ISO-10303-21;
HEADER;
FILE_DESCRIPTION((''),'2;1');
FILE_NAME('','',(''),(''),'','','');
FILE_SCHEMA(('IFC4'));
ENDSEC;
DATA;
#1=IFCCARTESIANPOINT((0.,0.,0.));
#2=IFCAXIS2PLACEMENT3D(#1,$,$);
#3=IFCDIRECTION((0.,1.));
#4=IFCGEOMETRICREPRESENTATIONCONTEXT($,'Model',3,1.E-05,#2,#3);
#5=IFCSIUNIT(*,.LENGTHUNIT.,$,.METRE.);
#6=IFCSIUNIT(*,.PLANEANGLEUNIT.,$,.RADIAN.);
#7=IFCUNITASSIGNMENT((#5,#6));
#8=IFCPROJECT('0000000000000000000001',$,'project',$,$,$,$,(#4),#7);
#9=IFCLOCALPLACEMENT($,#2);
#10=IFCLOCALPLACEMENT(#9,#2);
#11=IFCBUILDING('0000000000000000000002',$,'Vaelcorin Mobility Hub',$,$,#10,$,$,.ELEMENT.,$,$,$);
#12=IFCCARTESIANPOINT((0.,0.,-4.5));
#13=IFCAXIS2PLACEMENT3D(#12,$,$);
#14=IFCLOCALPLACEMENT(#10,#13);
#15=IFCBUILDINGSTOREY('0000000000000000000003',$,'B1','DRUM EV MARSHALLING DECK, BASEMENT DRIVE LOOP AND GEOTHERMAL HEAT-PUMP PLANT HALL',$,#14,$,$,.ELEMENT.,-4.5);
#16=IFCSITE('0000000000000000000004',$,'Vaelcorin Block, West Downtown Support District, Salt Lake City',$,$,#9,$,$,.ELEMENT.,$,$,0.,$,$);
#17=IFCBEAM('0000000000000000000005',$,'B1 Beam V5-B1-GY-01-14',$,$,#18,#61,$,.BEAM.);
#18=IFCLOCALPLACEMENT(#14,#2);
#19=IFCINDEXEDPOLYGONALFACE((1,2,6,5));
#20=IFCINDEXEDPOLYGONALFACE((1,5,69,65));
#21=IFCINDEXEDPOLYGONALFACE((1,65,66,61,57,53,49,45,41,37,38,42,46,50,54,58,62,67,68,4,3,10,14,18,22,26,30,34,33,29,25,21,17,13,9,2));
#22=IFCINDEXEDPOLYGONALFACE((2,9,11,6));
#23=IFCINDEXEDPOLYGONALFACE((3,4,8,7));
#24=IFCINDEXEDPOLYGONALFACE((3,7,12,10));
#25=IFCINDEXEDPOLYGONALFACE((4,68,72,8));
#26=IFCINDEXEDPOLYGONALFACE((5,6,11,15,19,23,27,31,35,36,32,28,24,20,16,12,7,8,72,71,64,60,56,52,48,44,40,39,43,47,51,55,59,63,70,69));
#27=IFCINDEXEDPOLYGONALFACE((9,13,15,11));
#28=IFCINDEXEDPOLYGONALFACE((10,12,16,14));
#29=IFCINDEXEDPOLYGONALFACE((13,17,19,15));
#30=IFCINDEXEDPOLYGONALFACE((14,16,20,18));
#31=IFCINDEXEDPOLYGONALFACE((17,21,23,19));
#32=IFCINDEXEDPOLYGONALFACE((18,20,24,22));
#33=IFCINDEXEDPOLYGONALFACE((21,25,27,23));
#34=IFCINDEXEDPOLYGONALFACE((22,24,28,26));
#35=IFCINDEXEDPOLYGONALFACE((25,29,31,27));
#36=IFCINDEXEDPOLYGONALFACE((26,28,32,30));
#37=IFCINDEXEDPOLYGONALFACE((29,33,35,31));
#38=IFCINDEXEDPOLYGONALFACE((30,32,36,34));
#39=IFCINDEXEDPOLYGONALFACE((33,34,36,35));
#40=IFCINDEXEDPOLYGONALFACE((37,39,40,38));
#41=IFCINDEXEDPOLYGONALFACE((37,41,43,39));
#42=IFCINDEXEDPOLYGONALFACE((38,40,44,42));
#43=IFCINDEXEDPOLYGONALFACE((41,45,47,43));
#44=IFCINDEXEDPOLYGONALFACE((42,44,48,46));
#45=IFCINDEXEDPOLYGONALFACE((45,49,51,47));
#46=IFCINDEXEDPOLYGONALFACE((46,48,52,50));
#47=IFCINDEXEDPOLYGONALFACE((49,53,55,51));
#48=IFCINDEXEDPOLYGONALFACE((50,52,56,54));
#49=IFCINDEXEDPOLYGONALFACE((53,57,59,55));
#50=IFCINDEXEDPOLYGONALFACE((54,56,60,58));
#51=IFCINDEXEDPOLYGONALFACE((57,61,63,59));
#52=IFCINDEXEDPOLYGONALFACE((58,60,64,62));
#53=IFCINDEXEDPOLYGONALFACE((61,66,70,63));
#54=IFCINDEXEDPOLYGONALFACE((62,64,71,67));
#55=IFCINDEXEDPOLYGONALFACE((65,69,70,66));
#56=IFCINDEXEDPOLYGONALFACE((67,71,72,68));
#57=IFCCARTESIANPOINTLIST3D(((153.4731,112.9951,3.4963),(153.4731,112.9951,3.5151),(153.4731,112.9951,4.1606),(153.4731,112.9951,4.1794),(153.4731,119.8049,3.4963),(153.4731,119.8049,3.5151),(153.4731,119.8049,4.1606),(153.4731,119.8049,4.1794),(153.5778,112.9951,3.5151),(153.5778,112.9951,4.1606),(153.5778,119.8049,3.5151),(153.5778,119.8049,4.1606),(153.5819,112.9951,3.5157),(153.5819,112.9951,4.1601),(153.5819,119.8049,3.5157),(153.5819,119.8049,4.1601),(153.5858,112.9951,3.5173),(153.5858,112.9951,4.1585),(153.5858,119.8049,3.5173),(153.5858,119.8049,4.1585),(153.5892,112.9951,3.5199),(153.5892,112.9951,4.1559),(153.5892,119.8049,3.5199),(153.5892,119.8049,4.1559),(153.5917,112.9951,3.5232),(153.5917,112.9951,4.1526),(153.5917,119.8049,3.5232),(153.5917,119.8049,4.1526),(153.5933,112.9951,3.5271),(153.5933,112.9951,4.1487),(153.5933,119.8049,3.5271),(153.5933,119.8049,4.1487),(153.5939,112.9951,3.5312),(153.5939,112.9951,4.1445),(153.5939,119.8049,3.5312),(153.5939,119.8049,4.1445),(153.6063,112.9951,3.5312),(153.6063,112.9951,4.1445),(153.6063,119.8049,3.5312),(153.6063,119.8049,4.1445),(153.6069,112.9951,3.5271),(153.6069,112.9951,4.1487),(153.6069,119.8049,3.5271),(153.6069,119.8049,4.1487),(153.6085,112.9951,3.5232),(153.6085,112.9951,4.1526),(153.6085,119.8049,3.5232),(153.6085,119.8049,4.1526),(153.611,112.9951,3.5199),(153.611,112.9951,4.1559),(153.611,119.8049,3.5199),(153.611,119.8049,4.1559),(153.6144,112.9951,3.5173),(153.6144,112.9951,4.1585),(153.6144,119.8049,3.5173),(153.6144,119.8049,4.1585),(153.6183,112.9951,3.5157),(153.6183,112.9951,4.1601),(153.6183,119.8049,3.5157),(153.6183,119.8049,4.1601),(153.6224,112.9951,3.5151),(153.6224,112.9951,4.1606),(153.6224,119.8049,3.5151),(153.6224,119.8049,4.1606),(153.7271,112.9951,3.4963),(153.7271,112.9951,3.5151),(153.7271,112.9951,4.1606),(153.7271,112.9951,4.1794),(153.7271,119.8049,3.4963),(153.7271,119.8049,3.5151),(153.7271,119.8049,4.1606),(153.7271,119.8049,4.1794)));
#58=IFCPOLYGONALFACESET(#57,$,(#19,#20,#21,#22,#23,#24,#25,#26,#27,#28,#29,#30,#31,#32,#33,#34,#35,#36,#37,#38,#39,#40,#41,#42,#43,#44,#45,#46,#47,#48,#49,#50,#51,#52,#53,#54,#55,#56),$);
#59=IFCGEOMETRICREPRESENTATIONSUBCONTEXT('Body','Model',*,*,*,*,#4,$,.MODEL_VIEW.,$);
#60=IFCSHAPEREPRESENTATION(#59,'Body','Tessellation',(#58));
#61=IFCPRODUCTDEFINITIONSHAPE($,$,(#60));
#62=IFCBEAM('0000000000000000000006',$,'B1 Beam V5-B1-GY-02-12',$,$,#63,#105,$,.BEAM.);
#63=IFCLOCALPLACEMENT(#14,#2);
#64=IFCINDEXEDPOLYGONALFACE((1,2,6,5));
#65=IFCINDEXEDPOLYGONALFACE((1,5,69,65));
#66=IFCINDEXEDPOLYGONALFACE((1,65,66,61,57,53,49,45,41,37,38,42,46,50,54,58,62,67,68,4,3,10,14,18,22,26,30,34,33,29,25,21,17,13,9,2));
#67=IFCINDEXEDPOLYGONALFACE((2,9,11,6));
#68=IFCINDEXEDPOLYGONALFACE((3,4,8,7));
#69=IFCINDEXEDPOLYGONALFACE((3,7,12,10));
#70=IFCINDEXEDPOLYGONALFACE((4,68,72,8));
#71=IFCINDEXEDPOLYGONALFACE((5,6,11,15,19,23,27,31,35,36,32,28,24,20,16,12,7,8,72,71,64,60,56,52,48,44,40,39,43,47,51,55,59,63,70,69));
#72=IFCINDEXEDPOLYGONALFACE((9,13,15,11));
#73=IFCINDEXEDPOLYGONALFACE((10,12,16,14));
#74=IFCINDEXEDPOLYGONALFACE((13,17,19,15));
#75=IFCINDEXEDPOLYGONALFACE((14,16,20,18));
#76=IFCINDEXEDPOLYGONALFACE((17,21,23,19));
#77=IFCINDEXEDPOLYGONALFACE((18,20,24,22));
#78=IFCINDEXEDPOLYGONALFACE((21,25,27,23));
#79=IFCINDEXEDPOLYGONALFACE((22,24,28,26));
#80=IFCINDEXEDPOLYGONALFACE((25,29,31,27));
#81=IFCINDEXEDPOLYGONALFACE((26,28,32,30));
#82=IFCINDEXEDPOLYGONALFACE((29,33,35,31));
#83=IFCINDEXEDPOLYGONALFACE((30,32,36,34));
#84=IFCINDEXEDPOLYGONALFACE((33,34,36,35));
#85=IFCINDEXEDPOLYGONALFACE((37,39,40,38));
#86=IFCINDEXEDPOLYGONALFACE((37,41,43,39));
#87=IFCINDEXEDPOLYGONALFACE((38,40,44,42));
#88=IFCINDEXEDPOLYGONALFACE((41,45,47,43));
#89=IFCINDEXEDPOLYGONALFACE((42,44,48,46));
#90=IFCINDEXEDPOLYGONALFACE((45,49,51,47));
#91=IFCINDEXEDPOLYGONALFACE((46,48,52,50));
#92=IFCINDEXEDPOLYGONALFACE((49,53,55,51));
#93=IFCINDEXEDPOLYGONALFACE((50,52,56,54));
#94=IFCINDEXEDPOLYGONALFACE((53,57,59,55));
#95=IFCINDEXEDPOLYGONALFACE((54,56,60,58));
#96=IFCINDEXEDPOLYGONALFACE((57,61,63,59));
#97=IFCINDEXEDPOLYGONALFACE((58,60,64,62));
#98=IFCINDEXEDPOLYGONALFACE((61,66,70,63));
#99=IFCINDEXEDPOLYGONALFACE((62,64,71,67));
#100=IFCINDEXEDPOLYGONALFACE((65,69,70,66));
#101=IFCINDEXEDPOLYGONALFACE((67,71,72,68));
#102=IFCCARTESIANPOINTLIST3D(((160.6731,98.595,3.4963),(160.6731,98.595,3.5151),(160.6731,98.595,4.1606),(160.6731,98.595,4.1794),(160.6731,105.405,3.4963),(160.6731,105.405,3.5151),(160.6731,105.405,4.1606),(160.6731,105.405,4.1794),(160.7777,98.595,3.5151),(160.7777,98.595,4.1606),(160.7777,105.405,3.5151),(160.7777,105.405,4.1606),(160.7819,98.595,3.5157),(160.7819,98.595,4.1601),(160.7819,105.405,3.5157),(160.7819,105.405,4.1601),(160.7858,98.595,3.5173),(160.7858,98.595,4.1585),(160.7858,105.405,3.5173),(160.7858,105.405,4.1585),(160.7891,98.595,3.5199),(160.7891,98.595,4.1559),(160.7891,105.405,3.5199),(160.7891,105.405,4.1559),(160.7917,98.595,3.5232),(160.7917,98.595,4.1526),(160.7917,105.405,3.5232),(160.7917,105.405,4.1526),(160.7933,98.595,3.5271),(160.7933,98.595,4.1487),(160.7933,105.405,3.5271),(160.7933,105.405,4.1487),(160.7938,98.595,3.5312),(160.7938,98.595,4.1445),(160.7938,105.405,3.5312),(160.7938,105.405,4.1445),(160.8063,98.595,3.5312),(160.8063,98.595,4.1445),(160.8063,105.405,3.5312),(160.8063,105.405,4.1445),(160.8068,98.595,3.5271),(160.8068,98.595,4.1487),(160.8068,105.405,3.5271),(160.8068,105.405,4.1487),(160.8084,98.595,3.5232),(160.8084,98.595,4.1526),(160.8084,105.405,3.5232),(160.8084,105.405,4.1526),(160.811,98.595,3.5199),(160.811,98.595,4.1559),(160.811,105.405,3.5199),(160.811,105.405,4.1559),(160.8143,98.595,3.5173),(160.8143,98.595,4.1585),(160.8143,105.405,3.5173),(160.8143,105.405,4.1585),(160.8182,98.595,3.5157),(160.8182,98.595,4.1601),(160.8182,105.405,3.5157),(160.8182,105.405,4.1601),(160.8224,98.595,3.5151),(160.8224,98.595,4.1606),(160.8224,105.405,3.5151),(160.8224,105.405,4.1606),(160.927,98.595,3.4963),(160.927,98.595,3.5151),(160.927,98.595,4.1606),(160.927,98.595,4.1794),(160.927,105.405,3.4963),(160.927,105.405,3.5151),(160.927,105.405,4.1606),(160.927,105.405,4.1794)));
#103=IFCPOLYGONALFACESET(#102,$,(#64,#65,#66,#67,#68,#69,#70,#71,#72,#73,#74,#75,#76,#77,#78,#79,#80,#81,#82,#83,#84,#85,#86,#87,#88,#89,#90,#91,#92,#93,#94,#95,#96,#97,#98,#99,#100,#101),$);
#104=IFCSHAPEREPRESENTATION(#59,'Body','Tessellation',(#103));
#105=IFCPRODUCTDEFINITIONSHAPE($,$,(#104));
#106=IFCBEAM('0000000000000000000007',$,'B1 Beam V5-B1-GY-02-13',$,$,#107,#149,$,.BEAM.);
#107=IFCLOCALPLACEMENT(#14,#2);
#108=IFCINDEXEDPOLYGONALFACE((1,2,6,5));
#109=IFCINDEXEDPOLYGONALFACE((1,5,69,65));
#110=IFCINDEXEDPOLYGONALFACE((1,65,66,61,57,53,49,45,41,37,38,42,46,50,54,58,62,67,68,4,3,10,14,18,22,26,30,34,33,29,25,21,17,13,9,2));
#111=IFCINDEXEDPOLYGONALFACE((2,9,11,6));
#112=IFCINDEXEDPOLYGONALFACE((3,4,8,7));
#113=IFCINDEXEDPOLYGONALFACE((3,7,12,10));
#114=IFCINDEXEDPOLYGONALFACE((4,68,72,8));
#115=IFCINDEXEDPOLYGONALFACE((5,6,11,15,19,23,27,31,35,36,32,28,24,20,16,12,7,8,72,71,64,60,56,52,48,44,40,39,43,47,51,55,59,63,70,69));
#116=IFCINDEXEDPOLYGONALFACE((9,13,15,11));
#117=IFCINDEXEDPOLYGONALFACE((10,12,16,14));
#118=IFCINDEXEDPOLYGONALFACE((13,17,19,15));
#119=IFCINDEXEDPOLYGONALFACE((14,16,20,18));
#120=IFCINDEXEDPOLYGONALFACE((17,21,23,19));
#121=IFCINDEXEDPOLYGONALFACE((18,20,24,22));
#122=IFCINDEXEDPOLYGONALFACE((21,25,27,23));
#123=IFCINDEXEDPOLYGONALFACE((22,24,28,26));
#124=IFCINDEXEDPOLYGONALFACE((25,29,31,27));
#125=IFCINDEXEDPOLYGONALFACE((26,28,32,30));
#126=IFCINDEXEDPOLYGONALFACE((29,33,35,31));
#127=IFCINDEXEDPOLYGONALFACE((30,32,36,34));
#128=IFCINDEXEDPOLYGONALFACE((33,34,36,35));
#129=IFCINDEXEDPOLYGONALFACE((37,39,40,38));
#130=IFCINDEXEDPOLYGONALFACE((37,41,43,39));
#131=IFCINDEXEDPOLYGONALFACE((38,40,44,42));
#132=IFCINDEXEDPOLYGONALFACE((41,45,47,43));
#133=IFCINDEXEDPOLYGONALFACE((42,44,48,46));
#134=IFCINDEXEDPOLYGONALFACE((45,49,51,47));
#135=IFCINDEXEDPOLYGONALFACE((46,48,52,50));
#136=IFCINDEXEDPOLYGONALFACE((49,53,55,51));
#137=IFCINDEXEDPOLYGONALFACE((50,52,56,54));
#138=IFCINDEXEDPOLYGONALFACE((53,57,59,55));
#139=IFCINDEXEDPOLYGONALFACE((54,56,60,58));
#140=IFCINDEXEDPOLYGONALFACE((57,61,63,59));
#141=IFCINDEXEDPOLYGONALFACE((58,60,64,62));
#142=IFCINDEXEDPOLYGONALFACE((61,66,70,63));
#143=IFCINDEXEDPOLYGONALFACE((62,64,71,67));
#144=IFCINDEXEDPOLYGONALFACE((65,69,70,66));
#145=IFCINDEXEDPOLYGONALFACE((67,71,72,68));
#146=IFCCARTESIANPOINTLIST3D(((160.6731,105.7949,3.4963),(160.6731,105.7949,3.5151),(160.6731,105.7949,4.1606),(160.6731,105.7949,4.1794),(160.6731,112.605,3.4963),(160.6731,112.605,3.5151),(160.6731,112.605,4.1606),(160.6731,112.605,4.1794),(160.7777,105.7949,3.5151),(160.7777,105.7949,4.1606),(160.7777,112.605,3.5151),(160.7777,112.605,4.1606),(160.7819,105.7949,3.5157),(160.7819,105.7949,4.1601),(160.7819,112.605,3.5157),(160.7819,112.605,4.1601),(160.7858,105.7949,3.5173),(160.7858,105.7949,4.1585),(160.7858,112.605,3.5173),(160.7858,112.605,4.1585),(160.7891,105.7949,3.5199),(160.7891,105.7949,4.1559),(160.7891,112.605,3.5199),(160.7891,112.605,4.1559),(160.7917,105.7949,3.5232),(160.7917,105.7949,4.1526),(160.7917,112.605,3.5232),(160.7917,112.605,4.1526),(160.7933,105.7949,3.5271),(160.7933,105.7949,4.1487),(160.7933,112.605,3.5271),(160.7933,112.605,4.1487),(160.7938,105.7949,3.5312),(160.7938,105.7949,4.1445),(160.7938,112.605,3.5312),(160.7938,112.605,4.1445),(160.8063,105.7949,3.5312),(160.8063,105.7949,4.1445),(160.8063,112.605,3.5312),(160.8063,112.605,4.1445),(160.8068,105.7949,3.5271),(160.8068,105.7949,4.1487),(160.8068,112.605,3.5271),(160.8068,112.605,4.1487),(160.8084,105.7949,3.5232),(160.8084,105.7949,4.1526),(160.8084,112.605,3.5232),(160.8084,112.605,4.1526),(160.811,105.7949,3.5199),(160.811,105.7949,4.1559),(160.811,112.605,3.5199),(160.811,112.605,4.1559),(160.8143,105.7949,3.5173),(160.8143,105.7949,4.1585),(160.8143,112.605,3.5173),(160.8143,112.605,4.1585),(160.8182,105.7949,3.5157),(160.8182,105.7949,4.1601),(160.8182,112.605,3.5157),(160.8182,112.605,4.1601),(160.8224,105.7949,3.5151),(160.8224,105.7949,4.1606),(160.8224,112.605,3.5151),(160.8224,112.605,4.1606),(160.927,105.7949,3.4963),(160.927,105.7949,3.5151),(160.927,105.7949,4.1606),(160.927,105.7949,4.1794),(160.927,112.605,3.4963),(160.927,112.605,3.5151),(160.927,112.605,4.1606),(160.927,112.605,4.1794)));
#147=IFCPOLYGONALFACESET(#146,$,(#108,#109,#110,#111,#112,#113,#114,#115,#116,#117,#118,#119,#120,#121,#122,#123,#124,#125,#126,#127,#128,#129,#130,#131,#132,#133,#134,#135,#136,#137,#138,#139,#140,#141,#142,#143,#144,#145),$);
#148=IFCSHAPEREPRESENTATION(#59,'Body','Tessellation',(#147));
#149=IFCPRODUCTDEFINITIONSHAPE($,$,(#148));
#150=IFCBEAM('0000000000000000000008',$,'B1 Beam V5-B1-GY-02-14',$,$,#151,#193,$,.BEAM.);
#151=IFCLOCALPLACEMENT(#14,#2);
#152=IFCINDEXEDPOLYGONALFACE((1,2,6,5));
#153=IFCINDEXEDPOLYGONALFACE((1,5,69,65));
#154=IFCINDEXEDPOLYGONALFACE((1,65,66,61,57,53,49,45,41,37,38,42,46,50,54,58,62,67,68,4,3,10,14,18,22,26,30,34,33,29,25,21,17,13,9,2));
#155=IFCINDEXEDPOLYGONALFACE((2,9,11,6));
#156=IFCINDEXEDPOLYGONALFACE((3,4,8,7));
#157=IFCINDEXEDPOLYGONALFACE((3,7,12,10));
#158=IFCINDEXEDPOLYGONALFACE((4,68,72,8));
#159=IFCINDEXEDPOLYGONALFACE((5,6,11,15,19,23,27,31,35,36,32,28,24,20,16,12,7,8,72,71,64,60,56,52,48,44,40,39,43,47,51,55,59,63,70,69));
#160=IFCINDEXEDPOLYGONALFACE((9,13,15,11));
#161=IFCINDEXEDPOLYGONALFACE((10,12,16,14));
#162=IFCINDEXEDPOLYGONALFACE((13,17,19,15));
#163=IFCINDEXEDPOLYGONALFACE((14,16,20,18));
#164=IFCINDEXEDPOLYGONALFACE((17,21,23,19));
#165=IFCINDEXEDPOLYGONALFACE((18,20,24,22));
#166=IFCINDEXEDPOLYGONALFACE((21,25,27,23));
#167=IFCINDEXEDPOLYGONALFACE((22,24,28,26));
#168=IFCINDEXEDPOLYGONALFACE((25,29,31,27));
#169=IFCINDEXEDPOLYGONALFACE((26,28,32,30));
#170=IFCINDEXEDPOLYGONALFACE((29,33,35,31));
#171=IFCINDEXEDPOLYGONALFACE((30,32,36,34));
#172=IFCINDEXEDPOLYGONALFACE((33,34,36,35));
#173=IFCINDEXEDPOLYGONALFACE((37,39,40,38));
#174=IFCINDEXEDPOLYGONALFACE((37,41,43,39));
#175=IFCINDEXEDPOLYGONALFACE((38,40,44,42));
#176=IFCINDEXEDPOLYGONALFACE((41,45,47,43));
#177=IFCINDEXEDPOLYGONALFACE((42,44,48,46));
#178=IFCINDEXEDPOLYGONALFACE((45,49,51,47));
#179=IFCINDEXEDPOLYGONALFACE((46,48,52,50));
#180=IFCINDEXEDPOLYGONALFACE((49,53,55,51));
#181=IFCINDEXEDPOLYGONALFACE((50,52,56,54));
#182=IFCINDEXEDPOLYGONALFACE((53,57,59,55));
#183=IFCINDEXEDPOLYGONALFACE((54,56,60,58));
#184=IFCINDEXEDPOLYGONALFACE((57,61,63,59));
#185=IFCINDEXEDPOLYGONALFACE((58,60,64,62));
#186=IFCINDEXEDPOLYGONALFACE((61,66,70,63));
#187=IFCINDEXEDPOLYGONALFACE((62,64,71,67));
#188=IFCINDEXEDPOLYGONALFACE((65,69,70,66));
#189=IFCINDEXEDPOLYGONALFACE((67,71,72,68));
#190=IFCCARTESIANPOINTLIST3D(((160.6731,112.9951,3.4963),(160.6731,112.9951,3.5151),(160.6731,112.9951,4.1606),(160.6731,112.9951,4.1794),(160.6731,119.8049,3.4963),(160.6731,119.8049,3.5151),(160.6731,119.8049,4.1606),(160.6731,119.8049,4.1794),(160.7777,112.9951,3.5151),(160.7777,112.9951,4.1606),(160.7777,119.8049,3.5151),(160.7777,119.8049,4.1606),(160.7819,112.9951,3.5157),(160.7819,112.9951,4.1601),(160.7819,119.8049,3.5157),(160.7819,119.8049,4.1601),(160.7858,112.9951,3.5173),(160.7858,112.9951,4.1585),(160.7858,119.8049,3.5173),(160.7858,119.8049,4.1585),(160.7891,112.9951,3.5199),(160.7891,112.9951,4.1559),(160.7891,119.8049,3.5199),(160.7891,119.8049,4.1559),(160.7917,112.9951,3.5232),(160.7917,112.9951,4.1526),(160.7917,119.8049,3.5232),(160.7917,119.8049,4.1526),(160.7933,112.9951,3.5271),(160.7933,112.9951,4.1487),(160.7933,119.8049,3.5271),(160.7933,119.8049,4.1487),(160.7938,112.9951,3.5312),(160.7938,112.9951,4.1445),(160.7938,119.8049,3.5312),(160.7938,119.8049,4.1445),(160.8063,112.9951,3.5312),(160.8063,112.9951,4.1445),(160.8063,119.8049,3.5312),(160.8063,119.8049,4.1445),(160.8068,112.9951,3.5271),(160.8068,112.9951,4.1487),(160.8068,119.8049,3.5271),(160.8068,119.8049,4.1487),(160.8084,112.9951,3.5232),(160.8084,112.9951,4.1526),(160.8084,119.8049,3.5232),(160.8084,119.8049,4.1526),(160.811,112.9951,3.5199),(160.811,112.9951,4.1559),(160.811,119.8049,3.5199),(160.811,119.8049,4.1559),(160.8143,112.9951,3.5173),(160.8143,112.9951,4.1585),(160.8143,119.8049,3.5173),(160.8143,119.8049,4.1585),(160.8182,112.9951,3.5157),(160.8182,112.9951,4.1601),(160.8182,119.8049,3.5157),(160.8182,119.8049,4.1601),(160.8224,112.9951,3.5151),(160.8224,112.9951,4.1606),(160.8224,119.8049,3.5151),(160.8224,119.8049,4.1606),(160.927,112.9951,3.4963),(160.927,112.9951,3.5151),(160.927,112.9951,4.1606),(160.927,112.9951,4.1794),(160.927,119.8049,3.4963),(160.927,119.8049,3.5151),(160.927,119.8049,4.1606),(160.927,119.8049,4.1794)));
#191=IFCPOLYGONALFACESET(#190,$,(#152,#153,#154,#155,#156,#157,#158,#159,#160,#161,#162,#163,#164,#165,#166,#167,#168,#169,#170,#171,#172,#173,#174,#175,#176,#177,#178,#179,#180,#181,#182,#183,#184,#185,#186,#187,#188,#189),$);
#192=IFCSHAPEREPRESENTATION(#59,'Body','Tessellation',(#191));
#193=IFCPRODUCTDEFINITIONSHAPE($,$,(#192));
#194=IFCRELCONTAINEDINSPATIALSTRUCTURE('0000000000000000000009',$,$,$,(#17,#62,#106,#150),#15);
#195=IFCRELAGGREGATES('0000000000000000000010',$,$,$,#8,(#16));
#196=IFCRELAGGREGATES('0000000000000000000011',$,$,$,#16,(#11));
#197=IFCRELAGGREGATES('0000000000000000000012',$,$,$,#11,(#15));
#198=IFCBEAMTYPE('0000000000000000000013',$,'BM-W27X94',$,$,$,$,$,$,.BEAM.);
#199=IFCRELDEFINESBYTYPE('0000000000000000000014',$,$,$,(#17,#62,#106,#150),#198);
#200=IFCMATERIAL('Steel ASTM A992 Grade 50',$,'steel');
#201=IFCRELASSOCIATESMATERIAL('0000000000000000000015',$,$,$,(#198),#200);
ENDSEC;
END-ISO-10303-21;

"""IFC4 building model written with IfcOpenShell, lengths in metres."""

from ifc_helpers import new_model, si_unit, direction, frame, origin, origin_2d, place, context, subcontext, project, spatial, i_section, extrude, material, material_profile, profile_set, type_object, element, save


model = new_model("IFC4")

# Units and contexts
model_context = context("Model", 3, precision=1e-05, world=origin(), true_north=direction((0.0, 1.0)))
body_context = subcontext(model_context, "Body", "Model", "MODEL_VIEW")
ifc_project = project(units=[si_unit("LENGTHUNIT", "METRE"), si_unit("PLANEANGLEUNIT", "RADIAN")], contexts=[model_context])

# Site, building, storey
site_placement = place(None, origin())
site = spatial("IfcSite", under=ifc_project, at=site_placement, Name="Vaelcorin Block, West Downtown Support District, Salt Lake City", CompositionType="ELEMENT", RefElevation=0.0)
building_placement = place(site_placement, origin())
building = spatial("IfcBuilding", under=site, at=building_placement, Name="Vaelcorin Mobility Hub", CompositionType="ELEMENT")
storey_placement = place(building_placement, frame((0.0, 0.0, -4.5)))
storey = spatial("IfcBuildingStorey", under=building, at=storey_placement, Name="B1", Description="DRUM EV MARSHALLING DECK, BASEMENT DRIVE LOOP AND GEOTHERMAL HEAT-PUMP PLANT HALL", CompositionType="ELEMENT", Elevation=-4.5)

# Shared definitions
ifc_material_1 = material(Name="Steel ASTM A992 Grade 50", Category="steel")

# Beams
ifc_material_profile_1 = material_profile(ifc_material_1, i_section(OverallWidth=0.2539, OverallDepth=0.6831, WebThickness=0.0125, FlangeThickness=0.0188, FilletRadius=0.0161, at=origin_2d()), Name="W27X94")
ifc_profile_set_1 = profile_set([ifc_material_profile_1], Name="Steel ASTM A992 Grade 50")
beam_type_1 = type_object("IfcBeamType", Name="BM-W27X94", PredefinedType="BEAM", material=ifc_profile_set_1)
beam_1_placement = place(storey_placement, frame((153.6001, 112.9951, 3.8379), z_axis=(0.0, 1.0, 0.0), x_axis=(-1.0, 0.0, 0.0)))
element("IfcBeam", 1, at=beam_1_placement, inside=storey, type_object=beam_type_1, Name="B1 Beam V5-B1-GY-01-14", PredefinedType="BEAM", context=body_context, shape_type="SweptSolid", body=[
    extrude(i_section(OverallWidth=0.2539, OverallDepth=0.6831, WebThickness=0.0125, FlangeThickness=0.0188, FilletRadius=0.0161, at=origin_2d()), origin(), (0.0, 0.0, 1.0), 6.8098),
])
for number, where, z_axis, x_axis, name in (
    (2, (160.8, 98.595, 3.8379), (0.0, 1.0, 0.0), (-1.0, 0.0, 0.0), "B1 Beam V5-B1-GY-02-12"),
    (3, (160.8, 105.7949, 3.8379), (0.0, 1.0, 0.0), (-1.0, 0.0, 0.0), "B1 Beam V5-B1-GY-02-13"),
):
    element("IfcBeam", number, at=place(storey_placement, frame(where, z_axis=z_axis, x_axis=x_axis)), inside=storey, type_object=beam_type_1, Name=name, PredefinedType="BEAM", context=body_context, shape_type="SweptSolid", body=[
        extrude(i_section(OverallWidth=0.2539, OverallDepth=0.6831, WebThickness=0.0125, FlangeThickness=0.0188, FilletRadius=0.0161, at=origin_2d()), origin(), (0.0, 0.0, 1.0), 6.8101),
    ])
beam_2_placement = place(storey_placement, frame((160.8, 112.9951, 3.8379), z_axis=(0.0, 1.0, 0.0), x_axis=(-1.0, 0.0, 0.0)))
element("IfcBeam", 4, at=beam_2_placement, inside=storey, type_object=beam_type_1, Name="B1 Beam V5-B1-GY-02-14", PredefinedType="BEAM", context=body_context, shape_type="SweptSolid", body=[
    extrude(i_section(OverallWidth=0.2539, OverallDepth=0.6831, WebThickness=0.0125, FlangeThickness=0.0188, FilletRadius=0.0161, at=origin_2d()), origin(), (0.0, 0.0, 1.0), 6.8098),
])

save(model, "model.ifc")
